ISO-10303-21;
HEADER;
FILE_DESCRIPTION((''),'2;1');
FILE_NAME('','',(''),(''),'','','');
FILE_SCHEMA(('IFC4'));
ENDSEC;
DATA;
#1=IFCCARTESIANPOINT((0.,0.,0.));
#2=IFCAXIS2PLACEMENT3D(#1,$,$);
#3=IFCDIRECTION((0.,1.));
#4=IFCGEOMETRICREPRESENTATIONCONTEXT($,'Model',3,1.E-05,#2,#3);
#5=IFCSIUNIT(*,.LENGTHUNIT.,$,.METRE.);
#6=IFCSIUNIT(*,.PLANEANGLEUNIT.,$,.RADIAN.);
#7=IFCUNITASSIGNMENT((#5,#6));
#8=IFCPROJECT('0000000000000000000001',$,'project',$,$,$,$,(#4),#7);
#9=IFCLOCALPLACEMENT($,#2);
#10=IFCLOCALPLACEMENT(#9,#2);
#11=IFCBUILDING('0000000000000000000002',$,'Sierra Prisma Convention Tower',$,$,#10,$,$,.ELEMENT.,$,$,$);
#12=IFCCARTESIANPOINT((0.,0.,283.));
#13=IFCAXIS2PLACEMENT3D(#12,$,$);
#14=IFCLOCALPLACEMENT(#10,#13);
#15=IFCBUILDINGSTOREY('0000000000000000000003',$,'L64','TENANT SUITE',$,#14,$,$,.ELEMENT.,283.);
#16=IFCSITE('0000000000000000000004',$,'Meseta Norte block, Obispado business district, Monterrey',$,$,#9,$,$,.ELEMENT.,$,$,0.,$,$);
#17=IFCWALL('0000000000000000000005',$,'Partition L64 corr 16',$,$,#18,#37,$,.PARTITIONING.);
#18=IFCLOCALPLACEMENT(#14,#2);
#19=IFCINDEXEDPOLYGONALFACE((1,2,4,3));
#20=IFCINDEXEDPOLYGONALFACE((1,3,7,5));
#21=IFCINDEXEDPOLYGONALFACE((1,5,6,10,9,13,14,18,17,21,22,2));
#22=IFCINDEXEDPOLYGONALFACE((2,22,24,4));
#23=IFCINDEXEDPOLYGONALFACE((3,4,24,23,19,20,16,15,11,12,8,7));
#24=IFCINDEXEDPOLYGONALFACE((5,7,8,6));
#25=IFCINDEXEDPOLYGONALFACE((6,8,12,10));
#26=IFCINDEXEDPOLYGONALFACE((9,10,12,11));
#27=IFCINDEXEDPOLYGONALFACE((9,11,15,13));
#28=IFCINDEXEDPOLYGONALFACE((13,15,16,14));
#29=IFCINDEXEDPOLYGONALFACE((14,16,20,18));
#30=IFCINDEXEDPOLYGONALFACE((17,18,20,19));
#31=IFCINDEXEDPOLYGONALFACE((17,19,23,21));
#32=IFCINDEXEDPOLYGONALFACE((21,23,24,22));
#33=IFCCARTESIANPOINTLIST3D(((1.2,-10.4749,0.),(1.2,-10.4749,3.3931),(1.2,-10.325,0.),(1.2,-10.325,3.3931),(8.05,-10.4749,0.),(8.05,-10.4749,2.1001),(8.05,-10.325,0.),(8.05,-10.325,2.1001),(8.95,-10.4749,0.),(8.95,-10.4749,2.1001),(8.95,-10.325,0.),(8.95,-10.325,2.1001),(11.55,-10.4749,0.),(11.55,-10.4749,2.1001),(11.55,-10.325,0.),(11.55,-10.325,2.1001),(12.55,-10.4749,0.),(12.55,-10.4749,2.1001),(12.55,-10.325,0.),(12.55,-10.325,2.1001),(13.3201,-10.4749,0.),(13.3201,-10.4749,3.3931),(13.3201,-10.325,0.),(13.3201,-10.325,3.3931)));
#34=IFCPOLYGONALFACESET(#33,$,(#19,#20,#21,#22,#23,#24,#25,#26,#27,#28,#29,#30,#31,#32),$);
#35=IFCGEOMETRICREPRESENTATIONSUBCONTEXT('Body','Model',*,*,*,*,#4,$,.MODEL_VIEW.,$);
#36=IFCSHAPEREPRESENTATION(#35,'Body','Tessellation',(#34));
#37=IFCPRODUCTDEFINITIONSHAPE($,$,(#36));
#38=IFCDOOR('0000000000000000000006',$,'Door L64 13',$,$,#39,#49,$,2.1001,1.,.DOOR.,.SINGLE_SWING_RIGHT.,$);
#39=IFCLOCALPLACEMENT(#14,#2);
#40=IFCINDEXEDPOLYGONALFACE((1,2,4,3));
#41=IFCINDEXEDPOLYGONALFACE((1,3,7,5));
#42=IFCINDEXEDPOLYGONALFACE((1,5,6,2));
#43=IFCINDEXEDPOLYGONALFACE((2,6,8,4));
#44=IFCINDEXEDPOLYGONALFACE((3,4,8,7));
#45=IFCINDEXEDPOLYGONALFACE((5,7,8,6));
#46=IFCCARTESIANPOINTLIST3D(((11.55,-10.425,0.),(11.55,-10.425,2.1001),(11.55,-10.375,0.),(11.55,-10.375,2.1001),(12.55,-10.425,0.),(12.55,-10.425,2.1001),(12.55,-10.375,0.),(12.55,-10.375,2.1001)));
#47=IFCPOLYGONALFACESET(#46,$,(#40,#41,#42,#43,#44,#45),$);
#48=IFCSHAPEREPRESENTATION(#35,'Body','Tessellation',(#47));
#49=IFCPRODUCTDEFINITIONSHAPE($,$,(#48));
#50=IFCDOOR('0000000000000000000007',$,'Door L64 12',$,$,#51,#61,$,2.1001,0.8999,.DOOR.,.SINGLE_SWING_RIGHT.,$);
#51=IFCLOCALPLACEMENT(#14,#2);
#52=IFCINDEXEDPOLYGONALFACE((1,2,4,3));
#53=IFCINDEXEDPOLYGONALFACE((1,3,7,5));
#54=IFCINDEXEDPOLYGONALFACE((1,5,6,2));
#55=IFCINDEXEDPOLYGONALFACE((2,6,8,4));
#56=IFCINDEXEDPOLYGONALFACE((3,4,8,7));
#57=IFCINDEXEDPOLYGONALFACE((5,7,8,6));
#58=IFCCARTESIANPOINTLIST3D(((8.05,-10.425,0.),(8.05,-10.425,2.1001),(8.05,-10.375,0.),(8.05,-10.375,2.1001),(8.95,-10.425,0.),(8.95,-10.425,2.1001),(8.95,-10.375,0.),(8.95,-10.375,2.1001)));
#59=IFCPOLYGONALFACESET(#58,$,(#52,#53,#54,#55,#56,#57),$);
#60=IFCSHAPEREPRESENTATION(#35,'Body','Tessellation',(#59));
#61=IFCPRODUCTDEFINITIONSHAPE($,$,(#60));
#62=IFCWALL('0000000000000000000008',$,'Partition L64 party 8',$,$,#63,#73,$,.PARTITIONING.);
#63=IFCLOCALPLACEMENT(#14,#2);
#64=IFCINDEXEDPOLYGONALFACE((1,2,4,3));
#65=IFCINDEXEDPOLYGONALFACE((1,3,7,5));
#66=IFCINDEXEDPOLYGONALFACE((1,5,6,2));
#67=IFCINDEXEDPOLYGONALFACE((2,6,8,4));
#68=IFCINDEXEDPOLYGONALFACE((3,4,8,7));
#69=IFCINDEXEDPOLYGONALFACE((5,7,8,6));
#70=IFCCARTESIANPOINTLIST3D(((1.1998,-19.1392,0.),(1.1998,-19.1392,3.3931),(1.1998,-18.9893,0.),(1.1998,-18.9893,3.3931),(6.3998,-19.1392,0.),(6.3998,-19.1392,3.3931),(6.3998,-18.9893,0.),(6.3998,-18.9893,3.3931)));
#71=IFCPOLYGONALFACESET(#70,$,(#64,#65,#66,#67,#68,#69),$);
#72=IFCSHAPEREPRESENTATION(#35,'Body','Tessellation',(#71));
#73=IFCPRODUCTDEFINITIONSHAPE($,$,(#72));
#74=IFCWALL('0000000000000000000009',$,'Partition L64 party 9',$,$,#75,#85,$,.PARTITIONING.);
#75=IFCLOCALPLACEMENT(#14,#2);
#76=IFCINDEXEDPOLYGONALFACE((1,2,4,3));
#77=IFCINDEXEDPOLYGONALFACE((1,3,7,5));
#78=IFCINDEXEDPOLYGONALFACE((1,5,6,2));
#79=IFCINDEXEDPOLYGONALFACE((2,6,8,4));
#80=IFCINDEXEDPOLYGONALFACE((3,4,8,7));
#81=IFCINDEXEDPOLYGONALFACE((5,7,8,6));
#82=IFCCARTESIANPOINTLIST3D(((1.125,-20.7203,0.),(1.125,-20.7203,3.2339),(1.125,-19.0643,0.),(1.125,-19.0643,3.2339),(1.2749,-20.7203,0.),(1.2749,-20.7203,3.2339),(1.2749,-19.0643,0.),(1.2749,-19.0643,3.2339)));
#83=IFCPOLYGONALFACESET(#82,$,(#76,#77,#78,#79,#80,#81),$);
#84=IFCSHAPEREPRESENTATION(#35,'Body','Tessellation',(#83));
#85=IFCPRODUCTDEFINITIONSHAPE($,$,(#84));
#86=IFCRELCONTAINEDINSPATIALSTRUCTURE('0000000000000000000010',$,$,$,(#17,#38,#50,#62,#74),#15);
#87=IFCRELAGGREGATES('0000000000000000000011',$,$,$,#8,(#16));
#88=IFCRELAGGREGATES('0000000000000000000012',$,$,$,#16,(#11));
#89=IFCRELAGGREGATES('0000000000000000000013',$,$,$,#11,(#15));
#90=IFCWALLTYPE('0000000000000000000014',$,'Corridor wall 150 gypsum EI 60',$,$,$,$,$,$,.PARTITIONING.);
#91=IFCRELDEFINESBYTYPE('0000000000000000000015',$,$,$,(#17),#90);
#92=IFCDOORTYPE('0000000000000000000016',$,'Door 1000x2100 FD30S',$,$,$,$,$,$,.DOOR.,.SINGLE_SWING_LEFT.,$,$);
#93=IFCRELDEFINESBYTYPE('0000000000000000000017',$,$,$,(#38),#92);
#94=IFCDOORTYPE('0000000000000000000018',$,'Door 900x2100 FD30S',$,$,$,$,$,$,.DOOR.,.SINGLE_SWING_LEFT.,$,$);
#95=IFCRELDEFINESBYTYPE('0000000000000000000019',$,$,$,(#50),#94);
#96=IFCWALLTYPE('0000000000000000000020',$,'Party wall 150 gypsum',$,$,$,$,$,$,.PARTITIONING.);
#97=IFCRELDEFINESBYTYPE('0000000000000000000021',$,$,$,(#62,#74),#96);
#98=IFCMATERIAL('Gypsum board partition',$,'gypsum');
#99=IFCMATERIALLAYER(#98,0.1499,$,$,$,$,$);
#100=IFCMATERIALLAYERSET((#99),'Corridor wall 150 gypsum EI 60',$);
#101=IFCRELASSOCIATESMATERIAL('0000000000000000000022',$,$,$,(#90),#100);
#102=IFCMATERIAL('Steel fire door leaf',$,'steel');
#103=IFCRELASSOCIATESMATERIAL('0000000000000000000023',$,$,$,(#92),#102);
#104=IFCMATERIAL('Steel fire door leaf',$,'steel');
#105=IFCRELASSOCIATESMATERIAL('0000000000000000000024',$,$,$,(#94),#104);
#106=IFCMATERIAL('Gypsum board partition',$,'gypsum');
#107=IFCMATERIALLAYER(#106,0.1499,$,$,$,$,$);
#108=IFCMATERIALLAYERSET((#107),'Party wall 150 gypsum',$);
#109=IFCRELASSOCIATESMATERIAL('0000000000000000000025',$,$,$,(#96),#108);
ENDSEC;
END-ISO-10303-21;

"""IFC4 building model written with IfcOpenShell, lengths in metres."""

from ifc_helpers import new_model, si_unit, direction, frame, frame_2d, origin, place, context, subcontext, project, spatial, rectangle, extrude, material, layer, layer_set, type_object, element, fill, save


model = new_model("IFC4")

# Units and contexts
model_context = context("Model", 3, precision=1e-05, world=origin(), true_north=direction((0.0, 1.0)))
body_context = subcontext(model_context, "Body", "Model", "MODEL_VIEW")
ifc_project = project(units=[si_unit("LENGTHUNIT", "METRE"), si_unit("PLANEANGLEUNIT", "RADIAN")], contexts=[model_context])

# Site, building, storey
site_placement = place(None, origin())
site = spatial("IfcSite", under=ifc_project, at=site_placement, Name="Meseta Norte block, Obispado business district, Monterrey", CompositionType="ELEMENT", RefElevation=0.0)
building_placement = place(site_placement, origin())
building = spatial("IfcBuilding", under=site, at=building_placement, Name="Sierra Prisma Convention Tower", CompositionType="ELEMENT")
storey_placement = place(building_placement, frame((0.0, 0.0, 283.0)))
storey = spatial("IfcBuildingStorey", under=building, at=storey_placement, Name="L64", Description="TENANT SUITE", CompositionType="ELEMENT", Elevation=283.0)

# Shared definitions
ifc_material_1 = material(Name="Gypsum board partition", Category="gypsum")
ifc_layer_1 = layer(ifc_material_1, 0.1499)
ifc_layer_set_1 = layer_set([ifc_layer_1], Name="Corridor wall 150 gypsum EI 60")
wall_type_1 = type_object("IfcWallType", Name="Corridor wall 150 gypsum EI 60", PredefinedType="PARTITIONING", material=ifc_layer_set_1)
ifc_material_2 = material(Name="Steel fire door leaf", Category="steel")
door_type_1 = type_object("IfcDoorType", Name="Door 1000x2100 FD30S", OperationType="SINGLE_SWING_LEFT", PredefinedType="DOOR", material=ifc_material_2)

# Wall, openings, doors
wall_1_placement = place(storey_placement, frame((1.2, -10.3999, 0.0), z_axis=(0.0, 0.0, 1.0), x_axis=(1.0, 0.0, 0.0)))
wall_1 = element("IfcWall", 1, at=wall_1_placement, inside=storey, type_object=wall_type_1, Name="Partition L64 corr 16", PredefinedType="PARTITIONING", context=body_context, shape_type="SweptSolid", body=[
    extrude(rectangle(XDim=12.1201, YDim=0.1499, at=frame_2d((6.0601, 0.0))), origin(), (0.0, 0.0, 1.0), 3.3931),
])
opening_1_placement = place(wall_1_placement, frame((6.8501, 0.0, 0.0)))
opening_1 = element("IfcOpeningElement", 2, at=opening_1_placement, cuts=wall_1, PredefinedType="OPENING", context=body_context, shape_type="SweptSolid", body=[
    extrude(rectangle(XDim=0.8999, YDim=2.1001, at=frame_2d((0.45, 1.05))), frame((0.0, 0.075, 0.0), z_axis=(0.0, -1.0, 0.0), x_axis=(1.0, 0.0, 0.0)), (0.0, 0.0, 1.0), 0.1499),
])
opening_2_placement = place(wall_1_placement, frame((10.3501, 0.0, 0.0)))
opening_2 = element("IfcOpeningElement", 3, at=opening_2_placement, cuts=wall_1, PredefinedType="OPENING", context=body_context, shape_type="SweptSolid", body=[
    extrude(rectangle(XDim=1.0, YDim=2.1001, at=frame_2d((0.5, 1.05))), frame((0.0, 0.075, 0.0), z_axis=(0.0, -1.0, 0.0), x_axis=(1.0, 0.0, 0.0)), (0.0, 0.0, 1.0), 0.1499),
])
door_1_placement = place(opening_2_placement, origin())
door_1 = element("IfcDoor", 4, at=door_1_placement, inside=storey, type_object=door_type_1, Name="Door L64 13", OperationType="SINGLE_SWING_RIGHT", OverallHeight=2.1001, OverallWidth=1.0, PredefinedType="DOOR", context=body_context, shape_type="SweptSolid", body=[
    extrude(rectangle(XDim=1.0, YDim=2.1001, at=frame_2d((0.5, 1.05))), frame((0.0, 0.0249, 0.0), z_axis=(0.0, -1.0, 0.0), x_axis=(1.0, 0.0, 0.0)), (0.0, 0.0, 1.0), 0.05),
])
fill(opening_2, door_1)
ifc_material_3 = material(Name="Steel fire door leaf", Category="steel")
door_type_2 = type_object("IfcDoorType", Name="Door 900x2100 FD30S", OperationType="SINGLE_SWING_LEFT", PredefinedType="DOOR", material=ifc_material_3)
door_2_placement = place(opening_1_placement, origin())
door_2 = element("IfcDoor", 5, at=door_2_placement, inside=storey, type_object=door_type_2, Name="Door L64 12", OperationType="SINGLE_SWING_RIGHT", OverallHeight=2.1001, OverallWidth=0.8999, PredefinedType="DOOR", context=body_context, shape_type="SweptSolid", body=[
    extrude(rectangle(XDim=0.8999, YDim=2.1001, at=frame_2d((0.45, 1.05))), frame((0.0, 0.0249, 0.0), z_axis=(0.0, -1.0, 0.0), x_axis=(1.0, 0.0, 0.0)), (0.0, 0.0, 1.0), 0.05),
])
fill(opening_1, door_2)

# Walls
ifc_material_4 = material(Name="Gypsum board partition", Category="gypsum")
ifc_layer_2 = layer(ifc_material_4, 0.1499)
ifc_layer_set_2 = layer_set([ifc_layer_2], Name="Party wall 150 gypsum")
wall_type_2 = type_object("IfcWallType", Name="Party wall 150 gypsum", PredefinedType="PARTITIONING", material=ifc_layer_set_2)
wall_2_placement = place(storey_placement, frame((6.3999, -19.0642, 0.0), z_axis=(0.0, 0.0, 1.0), x_axis=(-1.0, 0.0, 0.0)))
element("IfcWall", 6, at=wall_2_placement, inside=storey, type_object=wall_type_2, Name="Partition L64 party 8", PredefinedType="PARTITIONING", context=body_context, shape_type="SweptSolid", body=[
    extrude(rectangle(XDim=5.2, YDim=0.1499, at=frame_2d((2.6001, 0.0))), origin(), (0.0, 0.0, 1.0), 3.3931),
])
wall_3_placement = place(storey_placement, frame((1.2, -19.0642, 0.0), z_axis=(0.0, 0.0, 1.0), x_axis=(0.0, -1.0, 0.0)))
element("IfcWall", 7, at=wall_3_placement, inside=storey, type_object=wall_type_2, Name="Partition L64 party 9", PredefinedType="PARTITIONING", context=body_context, shape_type="SweptSolid", body=[
    extrude(rectangle(XDim=1.656, YDim=0.1499, at=frame_2d((0.8281, 0.0))), origin(), (0.0, 0.0, 1.0), 3.2339),
])

save(model, "model.ifc")
